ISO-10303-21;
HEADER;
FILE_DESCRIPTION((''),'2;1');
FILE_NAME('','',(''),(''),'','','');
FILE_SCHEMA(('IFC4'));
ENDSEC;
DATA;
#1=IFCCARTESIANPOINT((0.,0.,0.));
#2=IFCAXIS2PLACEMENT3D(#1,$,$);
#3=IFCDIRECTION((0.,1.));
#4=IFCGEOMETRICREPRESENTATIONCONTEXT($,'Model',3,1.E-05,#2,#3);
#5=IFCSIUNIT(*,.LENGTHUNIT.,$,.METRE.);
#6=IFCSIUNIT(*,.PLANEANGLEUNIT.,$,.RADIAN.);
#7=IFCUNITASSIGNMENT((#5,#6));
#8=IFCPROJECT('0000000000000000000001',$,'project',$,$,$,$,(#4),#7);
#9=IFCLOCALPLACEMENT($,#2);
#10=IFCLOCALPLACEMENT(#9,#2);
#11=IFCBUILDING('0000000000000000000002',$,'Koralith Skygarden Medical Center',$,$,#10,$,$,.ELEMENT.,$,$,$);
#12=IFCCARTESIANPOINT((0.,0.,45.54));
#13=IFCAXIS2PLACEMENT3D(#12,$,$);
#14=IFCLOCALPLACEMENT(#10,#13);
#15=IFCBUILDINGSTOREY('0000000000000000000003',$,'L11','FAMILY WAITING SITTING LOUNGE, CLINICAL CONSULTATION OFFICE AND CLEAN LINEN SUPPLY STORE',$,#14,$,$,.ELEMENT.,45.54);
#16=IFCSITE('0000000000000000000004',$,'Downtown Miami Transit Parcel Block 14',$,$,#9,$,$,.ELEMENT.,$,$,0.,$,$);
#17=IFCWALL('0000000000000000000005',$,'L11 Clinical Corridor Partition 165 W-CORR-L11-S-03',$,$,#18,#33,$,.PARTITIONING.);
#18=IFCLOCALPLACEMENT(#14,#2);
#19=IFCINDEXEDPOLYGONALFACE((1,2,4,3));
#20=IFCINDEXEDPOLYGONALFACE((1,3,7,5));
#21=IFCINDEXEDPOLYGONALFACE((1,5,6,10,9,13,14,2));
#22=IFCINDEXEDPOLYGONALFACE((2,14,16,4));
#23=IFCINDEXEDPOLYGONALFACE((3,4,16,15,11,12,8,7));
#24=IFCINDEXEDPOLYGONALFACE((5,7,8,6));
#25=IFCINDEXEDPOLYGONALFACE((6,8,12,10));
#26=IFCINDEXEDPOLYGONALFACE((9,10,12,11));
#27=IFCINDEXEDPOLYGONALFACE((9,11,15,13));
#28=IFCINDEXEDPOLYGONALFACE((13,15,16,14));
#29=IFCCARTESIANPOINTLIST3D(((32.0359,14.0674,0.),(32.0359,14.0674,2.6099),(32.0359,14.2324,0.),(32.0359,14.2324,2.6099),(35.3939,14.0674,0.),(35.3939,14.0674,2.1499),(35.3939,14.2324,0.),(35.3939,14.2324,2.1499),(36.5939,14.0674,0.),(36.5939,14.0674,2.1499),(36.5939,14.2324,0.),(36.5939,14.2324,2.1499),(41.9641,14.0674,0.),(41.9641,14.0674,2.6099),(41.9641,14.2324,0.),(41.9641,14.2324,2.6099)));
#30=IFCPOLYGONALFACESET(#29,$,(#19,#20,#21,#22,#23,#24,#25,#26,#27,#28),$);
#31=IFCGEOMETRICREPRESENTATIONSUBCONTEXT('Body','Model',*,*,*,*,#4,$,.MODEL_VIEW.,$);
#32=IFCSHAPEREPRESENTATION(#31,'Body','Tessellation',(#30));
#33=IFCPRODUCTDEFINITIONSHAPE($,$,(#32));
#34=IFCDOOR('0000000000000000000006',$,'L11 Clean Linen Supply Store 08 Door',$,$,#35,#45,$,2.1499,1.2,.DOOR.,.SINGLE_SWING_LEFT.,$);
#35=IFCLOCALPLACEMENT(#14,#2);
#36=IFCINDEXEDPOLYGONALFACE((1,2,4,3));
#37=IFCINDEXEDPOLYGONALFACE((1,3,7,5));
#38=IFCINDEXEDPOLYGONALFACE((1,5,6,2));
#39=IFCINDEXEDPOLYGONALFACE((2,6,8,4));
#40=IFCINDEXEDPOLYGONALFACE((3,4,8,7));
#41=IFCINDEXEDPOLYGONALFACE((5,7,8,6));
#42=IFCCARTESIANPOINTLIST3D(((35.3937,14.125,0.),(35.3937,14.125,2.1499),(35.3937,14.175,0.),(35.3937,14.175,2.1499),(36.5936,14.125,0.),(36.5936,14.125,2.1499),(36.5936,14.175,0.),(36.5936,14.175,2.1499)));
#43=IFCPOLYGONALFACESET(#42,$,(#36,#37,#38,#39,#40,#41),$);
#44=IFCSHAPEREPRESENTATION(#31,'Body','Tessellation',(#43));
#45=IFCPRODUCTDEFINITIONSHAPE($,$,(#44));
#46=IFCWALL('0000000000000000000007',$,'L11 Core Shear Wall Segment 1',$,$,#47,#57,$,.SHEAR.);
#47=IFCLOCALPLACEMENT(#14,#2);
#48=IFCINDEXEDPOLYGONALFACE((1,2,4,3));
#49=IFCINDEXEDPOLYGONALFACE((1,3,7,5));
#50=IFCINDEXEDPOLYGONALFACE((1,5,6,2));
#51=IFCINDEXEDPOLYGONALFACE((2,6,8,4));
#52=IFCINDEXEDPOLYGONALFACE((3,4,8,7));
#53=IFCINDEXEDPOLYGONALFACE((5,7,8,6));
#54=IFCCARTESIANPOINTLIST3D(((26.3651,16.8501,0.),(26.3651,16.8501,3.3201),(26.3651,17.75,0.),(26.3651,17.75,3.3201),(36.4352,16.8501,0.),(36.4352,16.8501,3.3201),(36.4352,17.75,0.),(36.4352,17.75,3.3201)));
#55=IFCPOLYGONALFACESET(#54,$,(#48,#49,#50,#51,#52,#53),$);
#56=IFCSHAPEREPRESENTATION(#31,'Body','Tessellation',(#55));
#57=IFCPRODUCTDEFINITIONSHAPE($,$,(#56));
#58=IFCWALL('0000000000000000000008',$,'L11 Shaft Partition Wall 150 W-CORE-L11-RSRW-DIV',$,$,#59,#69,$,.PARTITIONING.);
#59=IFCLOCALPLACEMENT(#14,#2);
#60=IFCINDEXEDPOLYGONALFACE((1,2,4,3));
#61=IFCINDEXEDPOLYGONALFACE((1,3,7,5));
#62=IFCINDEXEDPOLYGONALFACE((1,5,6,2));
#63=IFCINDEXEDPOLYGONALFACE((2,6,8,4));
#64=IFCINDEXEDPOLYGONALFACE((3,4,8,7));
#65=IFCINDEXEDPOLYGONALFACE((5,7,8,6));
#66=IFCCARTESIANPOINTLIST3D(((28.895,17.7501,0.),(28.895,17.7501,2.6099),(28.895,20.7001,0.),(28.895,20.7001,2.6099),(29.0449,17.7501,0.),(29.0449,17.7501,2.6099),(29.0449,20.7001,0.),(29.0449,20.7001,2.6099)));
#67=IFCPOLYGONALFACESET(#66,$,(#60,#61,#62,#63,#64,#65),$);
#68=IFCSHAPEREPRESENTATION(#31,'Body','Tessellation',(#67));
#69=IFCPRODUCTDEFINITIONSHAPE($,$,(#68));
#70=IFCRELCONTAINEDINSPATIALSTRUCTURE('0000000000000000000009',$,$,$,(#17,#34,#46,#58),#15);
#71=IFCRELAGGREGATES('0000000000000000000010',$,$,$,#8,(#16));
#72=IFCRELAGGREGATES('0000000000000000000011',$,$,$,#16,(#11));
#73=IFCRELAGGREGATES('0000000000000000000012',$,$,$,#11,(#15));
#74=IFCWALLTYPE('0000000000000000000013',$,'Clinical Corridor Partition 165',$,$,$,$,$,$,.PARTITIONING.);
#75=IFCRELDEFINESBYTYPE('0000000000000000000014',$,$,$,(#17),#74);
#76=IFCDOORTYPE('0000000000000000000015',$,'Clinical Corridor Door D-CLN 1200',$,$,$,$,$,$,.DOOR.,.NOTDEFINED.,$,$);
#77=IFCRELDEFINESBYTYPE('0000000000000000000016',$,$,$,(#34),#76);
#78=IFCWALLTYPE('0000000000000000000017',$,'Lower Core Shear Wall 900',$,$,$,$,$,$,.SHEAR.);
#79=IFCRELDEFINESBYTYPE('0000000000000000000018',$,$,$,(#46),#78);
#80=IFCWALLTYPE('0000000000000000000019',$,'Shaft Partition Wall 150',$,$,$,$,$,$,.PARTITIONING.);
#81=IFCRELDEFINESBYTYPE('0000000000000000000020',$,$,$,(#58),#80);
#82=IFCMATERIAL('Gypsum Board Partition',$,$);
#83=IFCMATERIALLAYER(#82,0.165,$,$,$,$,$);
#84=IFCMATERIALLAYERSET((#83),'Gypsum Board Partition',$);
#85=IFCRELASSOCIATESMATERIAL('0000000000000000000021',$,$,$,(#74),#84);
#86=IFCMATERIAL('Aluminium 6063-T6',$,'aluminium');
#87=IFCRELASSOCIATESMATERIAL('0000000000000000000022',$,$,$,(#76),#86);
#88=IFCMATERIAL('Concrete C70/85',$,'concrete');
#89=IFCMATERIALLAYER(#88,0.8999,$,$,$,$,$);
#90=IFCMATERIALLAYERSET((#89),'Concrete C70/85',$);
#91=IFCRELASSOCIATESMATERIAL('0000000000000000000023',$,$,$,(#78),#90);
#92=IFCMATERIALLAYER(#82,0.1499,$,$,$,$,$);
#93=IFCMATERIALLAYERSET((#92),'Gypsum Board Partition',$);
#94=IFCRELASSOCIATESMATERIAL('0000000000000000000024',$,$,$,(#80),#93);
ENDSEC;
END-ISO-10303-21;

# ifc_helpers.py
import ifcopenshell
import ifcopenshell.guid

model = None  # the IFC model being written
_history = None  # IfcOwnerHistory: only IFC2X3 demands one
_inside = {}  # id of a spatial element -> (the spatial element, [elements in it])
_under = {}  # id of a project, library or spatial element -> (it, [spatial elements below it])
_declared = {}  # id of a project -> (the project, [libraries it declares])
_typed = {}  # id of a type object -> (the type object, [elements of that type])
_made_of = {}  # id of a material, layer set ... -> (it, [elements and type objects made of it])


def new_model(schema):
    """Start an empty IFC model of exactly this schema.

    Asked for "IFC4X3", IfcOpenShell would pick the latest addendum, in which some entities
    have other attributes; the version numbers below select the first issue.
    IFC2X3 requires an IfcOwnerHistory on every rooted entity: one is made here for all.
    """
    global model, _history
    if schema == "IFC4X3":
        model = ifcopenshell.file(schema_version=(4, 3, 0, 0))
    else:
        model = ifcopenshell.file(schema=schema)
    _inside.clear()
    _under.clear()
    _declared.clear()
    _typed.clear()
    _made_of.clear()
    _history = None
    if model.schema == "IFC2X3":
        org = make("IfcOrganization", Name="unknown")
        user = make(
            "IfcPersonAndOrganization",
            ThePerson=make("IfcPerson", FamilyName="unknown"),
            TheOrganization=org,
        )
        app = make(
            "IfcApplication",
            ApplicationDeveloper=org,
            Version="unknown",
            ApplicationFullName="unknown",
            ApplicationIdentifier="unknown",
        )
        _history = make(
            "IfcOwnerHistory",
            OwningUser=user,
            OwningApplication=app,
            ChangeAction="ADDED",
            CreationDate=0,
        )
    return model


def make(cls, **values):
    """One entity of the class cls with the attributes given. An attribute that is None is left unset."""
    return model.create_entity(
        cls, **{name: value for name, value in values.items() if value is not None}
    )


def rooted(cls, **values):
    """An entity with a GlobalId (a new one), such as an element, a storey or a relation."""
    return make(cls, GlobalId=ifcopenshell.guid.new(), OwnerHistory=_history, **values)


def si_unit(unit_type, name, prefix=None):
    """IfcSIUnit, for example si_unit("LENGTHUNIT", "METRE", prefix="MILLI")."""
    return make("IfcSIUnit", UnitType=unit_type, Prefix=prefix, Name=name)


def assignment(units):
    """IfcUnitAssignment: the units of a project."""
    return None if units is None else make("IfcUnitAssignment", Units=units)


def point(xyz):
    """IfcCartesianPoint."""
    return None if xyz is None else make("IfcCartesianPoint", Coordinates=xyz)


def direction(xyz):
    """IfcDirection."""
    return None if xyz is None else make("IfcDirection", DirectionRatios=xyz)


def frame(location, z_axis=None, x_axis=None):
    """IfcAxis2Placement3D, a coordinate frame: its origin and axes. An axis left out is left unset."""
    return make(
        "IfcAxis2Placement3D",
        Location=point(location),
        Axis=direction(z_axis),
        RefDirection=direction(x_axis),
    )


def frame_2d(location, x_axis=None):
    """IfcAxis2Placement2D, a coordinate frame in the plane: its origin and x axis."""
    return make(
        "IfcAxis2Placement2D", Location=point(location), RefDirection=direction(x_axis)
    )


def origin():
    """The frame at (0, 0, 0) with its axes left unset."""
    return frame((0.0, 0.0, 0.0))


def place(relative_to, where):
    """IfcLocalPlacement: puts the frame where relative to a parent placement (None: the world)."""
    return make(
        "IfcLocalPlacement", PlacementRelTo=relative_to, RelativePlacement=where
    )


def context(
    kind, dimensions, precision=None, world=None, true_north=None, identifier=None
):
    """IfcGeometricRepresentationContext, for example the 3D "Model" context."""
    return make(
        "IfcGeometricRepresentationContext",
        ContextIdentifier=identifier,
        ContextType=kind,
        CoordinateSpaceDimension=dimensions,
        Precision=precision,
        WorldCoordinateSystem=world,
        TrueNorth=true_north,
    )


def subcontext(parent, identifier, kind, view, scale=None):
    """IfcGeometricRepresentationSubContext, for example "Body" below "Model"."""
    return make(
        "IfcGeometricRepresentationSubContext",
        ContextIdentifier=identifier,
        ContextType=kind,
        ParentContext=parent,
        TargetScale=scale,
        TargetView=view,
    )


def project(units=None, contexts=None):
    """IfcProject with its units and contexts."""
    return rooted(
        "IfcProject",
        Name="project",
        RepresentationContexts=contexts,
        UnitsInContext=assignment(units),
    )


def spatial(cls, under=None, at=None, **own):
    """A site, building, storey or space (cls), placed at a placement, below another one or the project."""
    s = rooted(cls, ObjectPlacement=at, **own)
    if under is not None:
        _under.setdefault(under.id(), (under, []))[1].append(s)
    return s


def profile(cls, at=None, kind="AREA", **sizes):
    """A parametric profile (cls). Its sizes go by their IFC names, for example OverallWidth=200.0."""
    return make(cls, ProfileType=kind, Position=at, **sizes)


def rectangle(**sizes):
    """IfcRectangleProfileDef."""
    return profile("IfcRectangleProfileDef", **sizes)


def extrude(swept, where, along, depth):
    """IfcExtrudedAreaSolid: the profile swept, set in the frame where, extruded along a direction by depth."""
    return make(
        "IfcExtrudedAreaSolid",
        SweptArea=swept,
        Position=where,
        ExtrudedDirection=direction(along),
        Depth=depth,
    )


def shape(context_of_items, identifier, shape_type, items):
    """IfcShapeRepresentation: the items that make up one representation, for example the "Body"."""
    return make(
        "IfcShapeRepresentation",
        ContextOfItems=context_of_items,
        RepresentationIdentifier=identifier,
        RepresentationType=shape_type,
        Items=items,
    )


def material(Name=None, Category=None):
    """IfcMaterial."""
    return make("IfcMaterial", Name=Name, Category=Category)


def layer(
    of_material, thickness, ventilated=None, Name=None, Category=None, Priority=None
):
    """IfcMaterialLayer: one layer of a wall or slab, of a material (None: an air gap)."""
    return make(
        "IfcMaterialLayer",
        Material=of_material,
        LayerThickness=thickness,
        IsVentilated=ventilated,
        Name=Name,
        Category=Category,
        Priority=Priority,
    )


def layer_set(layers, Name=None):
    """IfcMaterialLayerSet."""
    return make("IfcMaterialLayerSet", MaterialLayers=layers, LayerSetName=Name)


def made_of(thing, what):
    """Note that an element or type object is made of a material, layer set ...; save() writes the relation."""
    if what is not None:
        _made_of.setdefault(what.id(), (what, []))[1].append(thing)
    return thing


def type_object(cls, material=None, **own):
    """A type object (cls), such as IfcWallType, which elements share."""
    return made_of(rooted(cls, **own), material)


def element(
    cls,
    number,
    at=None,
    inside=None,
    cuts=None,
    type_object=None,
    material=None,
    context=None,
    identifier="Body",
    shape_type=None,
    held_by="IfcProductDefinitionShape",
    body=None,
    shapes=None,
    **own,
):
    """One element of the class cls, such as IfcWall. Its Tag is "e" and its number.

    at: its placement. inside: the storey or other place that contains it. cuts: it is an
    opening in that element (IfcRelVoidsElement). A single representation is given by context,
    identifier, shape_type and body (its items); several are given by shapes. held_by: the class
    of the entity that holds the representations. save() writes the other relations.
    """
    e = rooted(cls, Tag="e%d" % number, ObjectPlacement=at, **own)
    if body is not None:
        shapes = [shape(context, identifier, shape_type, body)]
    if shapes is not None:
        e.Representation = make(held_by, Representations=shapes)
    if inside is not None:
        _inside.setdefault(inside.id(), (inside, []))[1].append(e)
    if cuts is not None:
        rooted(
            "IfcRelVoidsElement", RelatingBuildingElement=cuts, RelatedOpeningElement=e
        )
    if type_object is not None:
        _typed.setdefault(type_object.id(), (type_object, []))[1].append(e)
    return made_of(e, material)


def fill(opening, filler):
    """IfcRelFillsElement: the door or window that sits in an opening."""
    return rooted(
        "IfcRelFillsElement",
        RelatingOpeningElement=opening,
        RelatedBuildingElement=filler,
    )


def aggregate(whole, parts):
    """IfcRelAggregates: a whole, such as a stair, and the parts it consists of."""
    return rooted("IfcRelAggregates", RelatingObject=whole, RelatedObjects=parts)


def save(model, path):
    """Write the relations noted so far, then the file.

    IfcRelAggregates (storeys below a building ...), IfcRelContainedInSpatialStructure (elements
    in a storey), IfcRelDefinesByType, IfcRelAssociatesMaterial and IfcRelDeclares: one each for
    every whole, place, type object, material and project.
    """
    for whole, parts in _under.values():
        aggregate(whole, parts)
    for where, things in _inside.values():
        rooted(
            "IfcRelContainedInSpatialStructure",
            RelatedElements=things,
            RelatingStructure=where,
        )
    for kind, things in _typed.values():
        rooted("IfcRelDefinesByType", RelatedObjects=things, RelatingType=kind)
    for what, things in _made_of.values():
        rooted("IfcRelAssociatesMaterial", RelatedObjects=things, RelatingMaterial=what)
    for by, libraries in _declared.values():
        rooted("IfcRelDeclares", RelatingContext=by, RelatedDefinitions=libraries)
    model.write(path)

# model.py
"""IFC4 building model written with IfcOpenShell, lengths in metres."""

from ifc_helpers import new_model, si_unit, direction, frame, frame_2d, origin, place, context, subcontext, project, spatial, rectangle, extrude, material, layer, layer_set, type_object, element, fill, save


model = new_model("IFC4")

# Units and contexts
model_context = context("Model", 3, precision=1e-05, world=origin(), true_north=direction((0.0, 1.0)))
body_context = subcontext(model_context, "Body", "Model", "MODEL_VIEW")
ifc_project = project(units=[si_unit("LENGTHUNIT", "METRE"), si_unit("PLANEANGLEUNIT", "RADIAN")], contexts=[model_context])

# Site, building, storey
site_placement = place(None, origin())
site = spatial("IfcSite", under=ifc_project, at=site_placement, Name="Downtown Miami Transit Parcel Block 14", CompositionType="ELEMENT", RefElevation=0.0)
building_placement = place(site_placement, origin())
building = spatial("IfcBuilding", under=site, at=building_placement, Name="Koralith Skygarden Medical Center", CompositionType="ELEMENT")
storey_placement = place(building_placement, frame((0.0, 0.0, 45.54)))
storey = spatial("IfcBuildingStorey", under=building, at=storey_placement, Name="L11", Description="FAMILY WAITING SITTING LOUNGE, CLINICAL CONSULTATION OFFICE AND CLEAN LINEN SUPPLY STORE", CompositionType="ELEMENT", Elevation=45.54)

# Shared definitions
ifc_material_1 = material(Name="Concrete C70/85", Category="concrete")

# Shared definitions
ifc_material_2 = material(Name="Aluminium 6063-T6", Category="aluminium")

# Shared definitions
ifc_material_3 = material(Name="Gypsum Board Partition")

# Wall, opening, door
ifc_layer_1 = layer(ifc_material_3, 0.165)
ifc_layer_set_1 = layer_set([ifc_layer_1], Name="Gypsum Board Partition")
wall_type_1 = type_object("IfcWallType", Name="Clinical Corridor Partition 165", PredefinedType="PARTITIONING", material=ifc_layer_set_1)
door_type_1 = type_object("IfcDoorType", Name="Clinical Corridor Door D-CLN 1200", OperationType="NOTDEFINED", PredefinedType="DOOR", material=ifc_material_2)
wall_1_placement = place(storey_placement, frame((32.0359, 14.1499, 0.0), z_axis=(0.0, 0.0, 1.0), x_axis=(1.0, 0.0, 0.0)))
wall_1 = element("IfcWall", 1, at=wall_1_placement, inside=storey, type_object=wall_type_1, Name="L11 Clinical Corridor Partition 165 W-CORR-L11-S-03", PredefinedType="PARTITIONING", context=body_context, shape_type="SweptSolid", body=[
    extrude(rectangle(XDim=9.9282, YDim=0.165, at=frame_2d((4.9641, 0.0))), origin(), (0.0, 0.0, 1.0), 2.6099),
])
opening_1_placement = place(wall_1_placement, frame((3.3579, 0.0, 0.0)))
opening_1 = element("IfcOpeningElement", 2, at=opening_1_placement, cuts=wall_1, PredefinedType="OPENING", context=body_context, shape_type="SweptSolid", body=[
    extrude(rectangle(XDim=1.2, YDim=2.1499, at=frame_2d((0.6001, 1.075))), frame((0.0, 0.0925, 0.0), z_axis=(0.0, -1.0, 0.0), x_axis=(1.0, 0.0, 0.0)), (0.0, 0.0, 1.0), 0.1851),
])
door_1_placement = place(opening_1_placement, frame((1.2, 0.0, 0.0), z_axis=(0.0, 0.0, 1.0), x_axis=(-1.0, 0.0, 0.0)))
door_1 = element("IfcDoor", 3, at=door_1_placement, inside=storey, type_object=door_type_1, Name="L11 Clean Linen Supply Store 08 Door", OperationType="SINGLE_SWING_LEFT", OverallHeight=2.1499, OverallWidth=1.2, PredefinedType="DOOR", context=body_context, shape_type="SweptSolid", body=[
    extrude(rectangle(XDim=1.2, YDim=2.1499, at=frame_2d((0.6001, 1.075))), frame((0.0, 0.0249, 0.0), z_axis=(0.0, -1.0, 0.0), x_axis=(1.0, 0.0, 0.0)), (0.0, 0.0, 1.0), 0.05),
])
fill(opening_1, door_1)

# Walls
ifc_layer_2 = layer(ifc_material_1, 0.8999)
ifc_layer_set_2 = layer_set([ifc_layer_2], Name="Concrete C70/85")
wall_type_2 = type_object("IfcWallType", Name="Lower Core Shear Wall 900", PredefinedType="SHEAR", material=ifc_layer_set_2)
wall_2_placement = place(storey_placement, frame((26.365, 17.3, 0.0), z_axis=(0.0, 0.0, 1.0), x_axis=(1.0, 0.0, 0.0)))
element("IfcWall", 4, at=wall_2_placement, inside=storey, type_object=wall_type_2, Name="L11 Core Shear Wall Segment 1", PredefinedType="SHEAR", context=body_context, shape_type="SweptSolid", body=[
    extrude(rectangle(XDim=10.0701, YDim=0.8999, at=frame_2d((5.0352, 0.0))), origin(), (0.0, 0.0, 1.0), 3.3201),
])
ifc_layer_3 = layer(ifc_material_3, 0.1499)
ifc_layer_set_3 = layer_set([ifc_layer_3], Name="Gypsum Board Partition")
wall_type_3 = type_object("IfcWallType", Name="Shaft Partition Wall 150", PredefinedType="PARTITIONING", material=ifc_layer_set_3)
wall_3_placement = place(storey_placement, frame((28.97, 17.75, 0.0), z_axis=(0.0, 0.0, 1.0), x_axis=(0.0, 1.0, 0.0)))
element("IfcWall", 5, at=wall_3_placement, inside=storey, type_object=wall_type_3, Name="L11 Shaft Partition Wall 150 W-CORE-L11-RSRW-DIV", PredefinedType="PARTITIONING", context=body_context, shape_type="SweptSolid", body=[
    extrude(rectangle(XDim=2.95, YDim=0.1499, at=frame_2d((1.4751, 0.0))), origin(), (0.0, 0.0, 1.0), 2.6099),
])

save(model, "model.ifc")
